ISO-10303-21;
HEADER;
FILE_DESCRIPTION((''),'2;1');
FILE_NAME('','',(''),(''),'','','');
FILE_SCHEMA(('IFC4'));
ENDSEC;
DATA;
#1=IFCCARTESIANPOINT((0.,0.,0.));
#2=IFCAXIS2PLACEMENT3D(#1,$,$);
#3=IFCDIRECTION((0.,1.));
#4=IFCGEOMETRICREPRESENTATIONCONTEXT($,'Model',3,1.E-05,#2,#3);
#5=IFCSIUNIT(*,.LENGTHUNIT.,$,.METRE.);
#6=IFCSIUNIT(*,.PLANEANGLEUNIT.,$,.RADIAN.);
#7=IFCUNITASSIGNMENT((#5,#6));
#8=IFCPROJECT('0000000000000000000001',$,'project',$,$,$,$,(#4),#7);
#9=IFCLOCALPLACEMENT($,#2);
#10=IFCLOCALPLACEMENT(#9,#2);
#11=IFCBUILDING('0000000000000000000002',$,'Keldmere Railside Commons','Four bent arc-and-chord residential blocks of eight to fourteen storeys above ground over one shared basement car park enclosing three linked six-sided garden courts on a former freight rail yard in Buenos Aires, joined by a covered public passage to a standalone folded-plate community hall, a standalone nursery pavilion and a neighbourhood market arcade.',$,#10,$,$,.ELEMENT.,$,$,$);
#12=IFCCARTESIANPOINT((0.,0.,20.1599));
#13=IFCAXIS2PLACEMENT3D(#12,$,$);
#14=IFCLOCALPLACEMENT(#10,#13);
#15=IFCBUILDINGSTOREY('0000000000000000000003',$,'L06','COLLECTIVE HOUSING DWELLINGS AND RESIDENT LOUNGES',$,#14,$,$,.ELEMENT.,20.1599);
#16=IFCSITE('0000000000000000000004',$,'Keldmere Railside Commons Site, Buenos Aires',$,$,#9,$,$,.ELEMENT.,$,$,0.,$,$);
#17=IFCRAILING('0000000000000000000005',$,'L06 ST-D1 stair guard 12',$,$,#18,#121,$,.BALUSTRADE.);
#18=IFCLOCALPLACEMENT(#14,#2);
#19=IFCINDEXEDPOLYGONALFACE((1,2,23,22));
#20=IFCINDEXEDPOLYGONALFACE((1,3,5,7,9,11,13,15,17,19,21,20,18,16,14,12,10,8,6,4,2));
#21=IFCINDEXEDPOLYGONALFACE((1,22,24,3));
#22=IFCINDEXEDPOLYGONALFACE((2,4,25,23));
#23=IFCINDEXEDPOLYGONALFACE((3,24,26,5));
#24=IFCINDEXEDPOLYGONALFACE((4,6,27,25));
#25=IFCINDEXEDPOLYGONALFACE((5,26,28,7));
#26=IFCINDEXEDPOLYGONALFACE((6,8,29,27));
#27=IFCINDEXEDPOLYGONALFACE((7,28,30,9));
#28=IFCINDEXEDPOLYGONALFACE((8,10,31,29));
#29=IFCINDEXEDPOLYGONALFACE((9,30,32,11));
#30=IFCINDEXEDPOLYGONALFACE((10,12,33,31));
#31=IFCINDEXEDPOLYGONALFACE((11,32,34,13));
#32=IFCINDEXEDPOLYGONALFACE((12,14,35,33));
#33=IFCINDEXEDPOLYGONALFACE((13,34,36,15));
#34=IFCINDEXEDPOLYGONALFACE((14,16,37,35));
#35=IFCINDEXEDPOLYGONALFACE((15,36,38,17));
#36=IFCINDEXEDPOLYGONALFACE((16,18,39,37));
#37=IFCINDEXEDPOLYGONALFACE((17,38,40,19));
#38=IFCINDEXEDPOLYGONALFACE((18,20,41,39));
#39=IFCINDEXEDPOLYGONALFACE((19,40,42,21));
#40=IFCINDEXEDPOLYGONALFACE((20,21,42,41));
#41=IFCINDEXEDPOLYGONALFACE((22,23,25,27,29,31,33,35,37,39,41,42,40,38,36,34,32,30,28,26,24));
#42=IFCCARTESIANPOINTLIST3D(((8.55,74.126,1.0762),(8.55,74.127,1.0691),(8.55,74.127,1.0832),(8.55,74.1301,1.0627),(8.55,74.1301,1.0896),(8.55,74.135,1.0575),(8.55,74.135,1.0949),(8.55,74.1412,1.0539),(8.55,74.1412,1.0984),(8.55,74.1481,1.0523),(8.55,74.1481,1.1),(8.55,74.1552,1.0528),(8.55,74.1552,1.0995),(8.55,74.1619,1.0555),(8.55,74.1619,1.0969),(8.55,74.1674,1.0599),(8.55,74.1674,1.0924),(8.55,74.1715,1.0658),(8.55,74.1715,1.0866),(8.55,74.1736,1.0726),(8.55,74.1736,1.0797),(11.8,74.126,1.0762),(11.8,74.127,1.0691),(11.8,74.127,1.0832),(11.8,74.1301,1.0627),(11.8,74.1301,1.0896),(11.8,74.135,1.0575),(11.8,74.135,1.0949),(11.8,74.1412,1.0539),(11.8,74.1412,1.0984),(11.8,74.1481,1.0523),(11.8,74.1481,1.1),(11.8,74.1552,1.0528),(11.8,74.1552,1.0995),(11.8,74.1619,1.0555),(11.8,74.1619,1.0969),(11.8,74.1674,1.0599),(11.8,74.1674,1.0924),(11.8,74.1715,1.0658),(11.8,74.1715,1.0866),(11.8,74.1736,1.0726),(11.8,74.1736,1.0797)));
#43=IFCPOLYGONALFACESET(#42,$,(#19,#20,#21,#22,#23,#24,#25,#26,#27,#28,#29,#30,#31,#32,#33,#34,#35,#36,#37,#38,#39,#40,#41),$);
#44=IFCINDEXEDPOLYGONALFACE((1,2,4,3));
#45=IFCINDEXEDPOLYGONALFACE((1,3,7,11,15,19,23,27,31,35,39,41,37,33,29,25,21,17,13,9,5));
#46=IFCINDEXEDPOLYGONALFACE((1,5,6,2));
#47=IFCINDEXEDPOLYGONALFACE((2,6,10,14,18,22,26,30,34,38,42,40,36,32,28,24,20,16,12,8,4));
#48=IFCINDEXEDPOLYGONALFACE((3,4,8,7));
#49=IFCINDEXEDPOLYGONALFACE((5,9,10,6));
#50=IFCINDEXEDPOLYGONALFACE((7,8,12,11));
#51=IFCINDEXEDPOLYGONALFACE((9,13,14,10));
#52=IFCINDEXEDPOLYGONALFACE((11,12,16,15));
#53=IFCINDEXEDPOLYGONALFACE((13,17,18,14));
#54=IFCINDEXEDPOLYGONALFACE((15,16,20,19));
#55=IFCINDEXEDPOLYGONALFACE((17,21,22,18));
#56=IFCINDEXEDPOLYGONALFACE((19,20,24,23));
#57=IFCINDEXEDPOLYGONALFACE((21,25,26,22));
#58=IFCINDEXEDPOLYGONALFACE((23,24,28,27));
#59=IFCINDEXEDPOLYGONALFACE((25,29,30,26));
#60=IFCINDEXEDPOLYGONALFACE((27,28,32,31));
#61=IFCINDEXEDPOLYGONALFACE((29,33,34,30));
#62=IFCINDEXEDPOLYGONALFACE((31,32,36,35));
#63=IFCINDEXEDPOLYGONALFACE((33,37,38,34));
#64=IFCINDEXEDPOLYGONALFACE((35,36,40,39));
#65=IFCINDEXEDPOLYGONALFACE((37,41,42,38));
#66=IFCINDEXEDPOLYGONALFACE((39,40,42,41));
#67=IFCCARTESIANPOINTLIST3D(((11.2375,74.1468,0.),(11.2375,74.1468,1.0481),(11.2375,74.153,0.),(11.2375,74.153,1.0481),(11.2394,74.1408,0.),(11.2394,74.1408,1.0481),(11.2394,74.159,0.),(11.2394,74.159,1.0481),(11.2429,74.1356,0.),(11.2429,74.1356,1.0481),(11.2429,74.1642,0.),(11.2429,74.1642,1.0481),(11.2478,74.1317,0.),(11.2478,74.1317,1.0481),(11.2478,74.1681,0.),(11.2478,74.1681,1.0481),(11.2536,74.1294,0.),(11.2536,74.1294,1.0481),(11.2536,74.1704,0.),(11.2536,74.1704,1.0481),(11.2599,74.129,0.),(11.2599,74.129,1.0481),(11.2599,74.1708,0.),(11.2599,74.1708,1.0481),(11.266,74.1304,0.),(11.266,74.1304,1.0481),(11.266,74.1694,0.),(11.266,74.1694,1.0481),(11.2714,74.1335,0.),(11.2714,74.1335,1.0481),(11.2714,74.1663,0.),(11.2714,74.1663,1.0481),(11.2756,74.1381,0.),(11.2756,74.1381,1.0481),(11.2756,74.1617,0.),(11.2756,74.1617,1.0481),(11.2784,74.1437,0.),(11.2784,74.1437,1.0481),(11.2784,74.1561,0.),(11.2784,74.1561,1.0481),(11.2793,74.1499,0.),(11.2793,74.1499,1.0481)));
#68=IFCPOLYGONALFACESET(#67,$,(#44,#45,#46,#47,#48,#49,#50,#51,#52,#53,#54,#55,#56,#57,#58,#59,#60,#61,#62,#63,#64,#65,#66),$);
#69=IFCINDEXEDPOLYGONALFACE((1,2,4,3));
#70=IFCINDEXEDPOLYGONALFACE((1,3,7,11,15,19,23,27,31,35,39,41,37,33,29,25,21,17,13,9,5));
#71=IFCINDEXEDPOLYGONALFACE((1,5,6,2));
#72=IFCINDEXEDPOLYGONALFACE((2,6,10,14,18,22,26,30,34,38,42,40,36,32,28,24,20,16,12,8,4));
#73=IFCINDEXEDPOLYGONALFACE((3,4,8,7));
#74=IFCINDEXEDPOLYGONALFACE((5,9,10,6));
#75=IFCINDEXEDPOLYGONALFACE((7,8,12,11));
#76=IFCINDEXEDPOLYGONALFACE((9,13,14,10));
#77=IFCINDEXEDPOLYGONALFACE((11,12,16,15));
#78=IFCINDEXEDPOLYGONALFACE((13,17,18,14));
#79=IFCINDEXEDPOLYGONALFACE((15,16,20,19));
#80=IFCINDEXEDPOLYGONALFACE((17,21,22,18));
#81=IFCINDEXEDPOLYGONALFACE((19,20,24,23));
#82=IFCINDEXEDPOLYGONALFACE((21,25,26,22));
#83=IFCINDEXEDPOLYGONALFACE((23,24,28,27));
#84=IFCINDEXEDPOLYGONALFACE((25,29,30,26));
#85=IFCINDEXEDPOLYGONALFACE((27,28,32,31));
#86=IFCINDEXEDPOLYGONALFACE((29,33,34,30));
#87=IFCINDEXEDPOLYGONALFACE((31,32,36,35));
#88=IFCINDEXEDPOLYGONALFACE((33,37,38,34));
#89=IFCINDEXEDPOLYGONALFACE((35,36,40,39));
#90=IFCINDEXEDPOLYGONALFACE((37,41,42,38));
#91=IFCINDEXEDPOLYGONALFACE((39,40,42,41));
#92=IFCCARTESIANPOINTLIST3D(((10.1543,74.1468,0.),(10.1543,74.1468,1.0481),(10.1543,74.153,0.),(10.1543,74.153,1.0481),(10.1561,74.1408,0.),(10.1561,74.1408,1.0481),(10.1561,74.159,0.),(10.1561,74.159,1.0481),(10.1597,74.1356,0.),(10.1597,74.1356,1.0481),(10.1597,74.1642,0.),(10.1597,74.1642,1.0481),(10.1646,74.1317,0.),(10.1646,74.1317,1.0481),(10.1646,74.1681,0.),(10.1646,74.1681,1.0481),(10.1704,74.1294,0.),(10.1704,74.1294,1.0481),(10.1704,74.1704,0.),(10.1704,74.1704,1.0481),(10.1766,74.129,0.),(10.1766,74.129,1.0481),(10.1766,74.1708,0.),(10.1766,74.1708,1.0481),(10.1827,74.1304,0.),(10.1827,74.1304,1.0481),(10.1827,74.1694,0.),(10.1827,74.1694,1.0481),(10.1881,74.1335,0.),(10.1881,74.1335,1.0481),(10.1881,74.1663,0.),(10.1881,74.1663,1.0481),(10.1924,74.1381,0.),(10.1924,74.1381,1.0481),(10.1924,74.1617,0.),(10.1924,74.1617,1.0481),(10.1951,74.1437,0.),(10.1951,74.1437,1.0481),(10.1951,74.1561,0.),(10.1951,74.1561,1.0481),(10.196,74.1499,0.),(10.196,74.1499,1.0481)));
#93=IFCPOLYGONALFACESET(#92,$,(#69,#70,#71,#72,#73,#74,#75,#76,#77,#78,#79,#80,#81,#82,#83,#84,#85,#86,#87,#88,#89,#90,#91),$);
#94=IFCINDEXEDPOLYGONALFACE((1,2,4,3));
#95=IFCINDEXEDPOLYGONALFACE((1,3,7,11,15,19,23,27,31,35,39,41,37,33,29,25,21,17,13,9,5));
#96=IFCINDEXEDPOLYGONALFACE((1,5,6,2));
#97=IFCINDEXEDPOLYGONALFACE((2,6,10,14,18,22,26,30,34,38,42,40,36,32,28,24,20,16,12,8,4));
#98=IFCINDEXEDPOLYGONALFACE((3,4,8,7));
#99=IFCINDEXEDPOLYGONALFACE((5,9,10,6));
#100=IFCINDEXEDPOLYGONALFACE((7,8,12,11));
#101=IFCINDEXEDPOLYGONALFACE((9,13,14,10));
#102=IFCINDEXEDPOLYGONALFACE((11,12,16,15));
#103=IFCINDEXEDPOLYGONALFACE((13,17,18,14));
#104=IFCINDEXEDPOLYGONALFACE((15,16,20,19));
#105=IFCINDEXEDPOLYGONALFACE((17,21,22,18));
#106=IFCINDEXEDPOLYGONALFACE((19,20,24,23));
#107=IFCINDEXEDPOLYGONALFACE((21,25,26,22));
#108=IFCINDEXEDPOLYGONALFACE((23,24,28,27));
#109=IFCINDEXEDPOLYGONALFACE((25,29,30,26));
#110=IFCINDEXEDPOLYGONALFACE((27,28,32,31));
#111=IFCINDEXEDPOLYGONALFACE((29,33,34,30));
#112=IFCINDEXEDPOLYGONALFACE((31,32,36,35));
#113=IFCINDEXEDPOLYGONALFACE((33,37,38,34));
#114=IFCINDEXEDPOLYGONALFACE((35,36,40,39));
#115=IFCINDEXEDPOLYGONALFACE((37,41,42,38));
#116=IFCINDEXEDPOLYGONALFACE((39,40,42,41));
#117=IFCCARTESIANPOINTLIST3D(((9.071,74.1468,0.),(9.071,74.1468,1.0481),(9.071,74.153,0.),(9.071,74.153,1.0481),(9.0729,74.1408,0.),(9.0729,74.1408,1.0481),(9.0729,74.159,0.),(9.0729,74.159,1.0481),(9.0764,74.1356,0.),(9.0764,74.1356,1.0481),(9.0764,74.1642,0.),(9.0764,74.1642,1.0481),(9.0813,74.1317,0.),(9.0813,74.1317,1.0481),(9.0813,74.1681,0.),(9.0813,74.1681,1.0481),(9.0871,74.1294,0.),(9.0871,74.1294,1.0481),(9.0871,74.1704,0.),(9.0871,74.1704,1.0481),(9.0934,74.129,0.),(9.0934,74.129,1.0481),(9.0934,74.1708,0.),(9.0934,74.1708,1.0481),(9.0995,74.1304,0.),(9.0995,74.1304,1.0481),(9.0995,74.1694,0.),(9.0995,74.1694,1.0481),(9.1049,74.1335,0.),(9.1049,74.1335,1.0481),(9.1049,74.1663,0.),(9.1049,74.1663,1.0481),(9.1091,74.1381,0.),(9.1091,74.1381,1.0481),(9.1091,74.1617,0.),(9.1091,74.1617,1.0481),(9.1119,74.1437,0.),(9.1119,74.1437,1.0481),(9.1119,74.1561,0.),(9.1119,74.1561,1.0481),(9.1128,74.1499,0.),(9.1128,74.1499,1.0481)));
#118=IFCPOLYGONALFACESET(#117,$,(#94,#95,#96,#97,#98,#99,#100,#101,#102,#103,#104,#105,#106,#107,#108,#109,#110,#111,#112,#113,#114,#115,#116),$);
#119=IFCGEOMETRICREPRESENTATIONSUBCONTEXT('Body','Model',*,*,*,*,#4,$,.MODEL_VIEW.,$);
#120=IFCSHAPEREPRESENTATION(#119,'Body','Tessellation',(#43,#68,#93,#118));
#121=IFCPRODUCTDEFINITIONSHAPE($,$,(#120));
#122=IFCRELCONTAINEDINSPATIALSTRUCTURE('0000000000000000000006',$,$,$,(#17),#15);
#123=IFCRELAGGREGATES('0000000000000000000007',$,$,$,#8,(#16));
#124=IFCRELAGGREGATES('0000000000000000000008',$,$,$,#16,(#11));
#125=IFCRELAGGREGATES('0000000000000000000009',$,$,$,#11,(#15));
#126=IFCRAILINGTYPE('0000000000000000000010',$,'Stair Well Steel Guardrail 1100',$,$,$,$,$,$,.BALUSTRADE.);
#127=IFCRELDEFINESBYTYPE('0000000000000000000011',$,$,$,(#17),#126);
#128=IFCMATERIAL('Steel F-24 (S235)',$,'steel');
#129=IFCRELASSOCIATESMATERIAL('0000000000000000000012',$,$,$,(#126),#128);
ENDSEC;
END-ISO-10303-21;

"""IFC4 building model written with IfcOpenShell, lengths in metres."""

from ifc_helpers import new_model, si_unit, direction, frame, origin, origin_2d, place, context, subcontext, project, spatial, circle, extrude, material, type_object, element, save


model = new_model("IFC4")

# Units and contexts
model_context = context("Model", 3, precision=1e-05, world=origin(), true_north=direction((0.0, 1.0)))
body_context = subcontext(model_context, "Body", "Model", "MODEL_VIEW")
ifc_project = project(units=[si_unit("LENGTHUNIT", "METRE"), si_unit("PLANEANGLEUNIT", "RADIAN")], contexts=[model_context])

# Site, building, storey
site_placement = place(None, origin())
site = spatial("IfcSite", under=ifc_project, at=site_placement, Name="Keldmere Railside Commons Site, Buenos Aires", CompositionType="ELEMENT", RefElevation=0.0)
building_placement = place(site_placement, origin())
building = spatial("IfcBuilding", under=site, at=building_placement, Name="Keldmere Railside Commons", Description="Four bent arc-and-chord residential blocks of eight to fourteen storeys above ground over one shared basement car park enclosing three linked six-sided garden courts on a former freight rail yard in Buenos Aires, joined by a covered public passage to a standalone folded-plate community hall, a standalone nursery pavilion and a neighbourhood market arcade.", CompositionType="ELEMENT")
storey_placement = place(building_placement, frame((0.0, 0.0, 20.1599)))
storey = spatial("IfcBuildingStorey", under=building, at=storey_placement, Name="L06", Description="COLLECTIVE HOUSING DWELLINGS AND RESIDENT LOUNGES", CompositionType="ELEMENT", Elevation=20.1599)

# Railing
ifc_material_1 = material(Name="Steel F-24 (S235)", Category="steel")
railing_type_1 = type_object("IfcRailingType", Name="Stair Well Steel Guardrail 1100", PredefinedType="BALUSTRADE", material=ifc_material_1)
railing_1_placement = place(storey_placement, frame((11.8, 74.1499, 0.0)))
element("IfcRailing", 1, at=railing_1_placement, inside=storey, type_object=railing_type_1, Name="L06 ST-D1 stair guard 12", PredefinedType="BALUSTRADE", context=body_context, shape_type="SweptSolid", body=[
    extrude(circle(Radius=0.0239, at=origin_2d()), frame((0.0, 0.0, 1.0762), z_axis=(-1.0, 0.0, 0.0), x_axis=(0.0, -1.0, 0.0)), (0.0, 0.0, 1.0), 3.25),
    extrude(circle(Radius=0.021, at=origin_2d()), frame((-0.5417, 0.0, 0.0)), (0.0, 0.0, 1.0), 1.0481),
    extrude(circle(Radius=0.021, at=origin_2d()), frame((-1.625, 0.0, 0.0)), (0.0, 0.0, 1.0), 1.0481),
    extrude(circle(Radius=0.021, at=origin_2d()), frame((-2.7083, 0.0, 0.0)), (0.0, 0.0, 1.0), 1.0481),
])

save(model, "model.ifc")
